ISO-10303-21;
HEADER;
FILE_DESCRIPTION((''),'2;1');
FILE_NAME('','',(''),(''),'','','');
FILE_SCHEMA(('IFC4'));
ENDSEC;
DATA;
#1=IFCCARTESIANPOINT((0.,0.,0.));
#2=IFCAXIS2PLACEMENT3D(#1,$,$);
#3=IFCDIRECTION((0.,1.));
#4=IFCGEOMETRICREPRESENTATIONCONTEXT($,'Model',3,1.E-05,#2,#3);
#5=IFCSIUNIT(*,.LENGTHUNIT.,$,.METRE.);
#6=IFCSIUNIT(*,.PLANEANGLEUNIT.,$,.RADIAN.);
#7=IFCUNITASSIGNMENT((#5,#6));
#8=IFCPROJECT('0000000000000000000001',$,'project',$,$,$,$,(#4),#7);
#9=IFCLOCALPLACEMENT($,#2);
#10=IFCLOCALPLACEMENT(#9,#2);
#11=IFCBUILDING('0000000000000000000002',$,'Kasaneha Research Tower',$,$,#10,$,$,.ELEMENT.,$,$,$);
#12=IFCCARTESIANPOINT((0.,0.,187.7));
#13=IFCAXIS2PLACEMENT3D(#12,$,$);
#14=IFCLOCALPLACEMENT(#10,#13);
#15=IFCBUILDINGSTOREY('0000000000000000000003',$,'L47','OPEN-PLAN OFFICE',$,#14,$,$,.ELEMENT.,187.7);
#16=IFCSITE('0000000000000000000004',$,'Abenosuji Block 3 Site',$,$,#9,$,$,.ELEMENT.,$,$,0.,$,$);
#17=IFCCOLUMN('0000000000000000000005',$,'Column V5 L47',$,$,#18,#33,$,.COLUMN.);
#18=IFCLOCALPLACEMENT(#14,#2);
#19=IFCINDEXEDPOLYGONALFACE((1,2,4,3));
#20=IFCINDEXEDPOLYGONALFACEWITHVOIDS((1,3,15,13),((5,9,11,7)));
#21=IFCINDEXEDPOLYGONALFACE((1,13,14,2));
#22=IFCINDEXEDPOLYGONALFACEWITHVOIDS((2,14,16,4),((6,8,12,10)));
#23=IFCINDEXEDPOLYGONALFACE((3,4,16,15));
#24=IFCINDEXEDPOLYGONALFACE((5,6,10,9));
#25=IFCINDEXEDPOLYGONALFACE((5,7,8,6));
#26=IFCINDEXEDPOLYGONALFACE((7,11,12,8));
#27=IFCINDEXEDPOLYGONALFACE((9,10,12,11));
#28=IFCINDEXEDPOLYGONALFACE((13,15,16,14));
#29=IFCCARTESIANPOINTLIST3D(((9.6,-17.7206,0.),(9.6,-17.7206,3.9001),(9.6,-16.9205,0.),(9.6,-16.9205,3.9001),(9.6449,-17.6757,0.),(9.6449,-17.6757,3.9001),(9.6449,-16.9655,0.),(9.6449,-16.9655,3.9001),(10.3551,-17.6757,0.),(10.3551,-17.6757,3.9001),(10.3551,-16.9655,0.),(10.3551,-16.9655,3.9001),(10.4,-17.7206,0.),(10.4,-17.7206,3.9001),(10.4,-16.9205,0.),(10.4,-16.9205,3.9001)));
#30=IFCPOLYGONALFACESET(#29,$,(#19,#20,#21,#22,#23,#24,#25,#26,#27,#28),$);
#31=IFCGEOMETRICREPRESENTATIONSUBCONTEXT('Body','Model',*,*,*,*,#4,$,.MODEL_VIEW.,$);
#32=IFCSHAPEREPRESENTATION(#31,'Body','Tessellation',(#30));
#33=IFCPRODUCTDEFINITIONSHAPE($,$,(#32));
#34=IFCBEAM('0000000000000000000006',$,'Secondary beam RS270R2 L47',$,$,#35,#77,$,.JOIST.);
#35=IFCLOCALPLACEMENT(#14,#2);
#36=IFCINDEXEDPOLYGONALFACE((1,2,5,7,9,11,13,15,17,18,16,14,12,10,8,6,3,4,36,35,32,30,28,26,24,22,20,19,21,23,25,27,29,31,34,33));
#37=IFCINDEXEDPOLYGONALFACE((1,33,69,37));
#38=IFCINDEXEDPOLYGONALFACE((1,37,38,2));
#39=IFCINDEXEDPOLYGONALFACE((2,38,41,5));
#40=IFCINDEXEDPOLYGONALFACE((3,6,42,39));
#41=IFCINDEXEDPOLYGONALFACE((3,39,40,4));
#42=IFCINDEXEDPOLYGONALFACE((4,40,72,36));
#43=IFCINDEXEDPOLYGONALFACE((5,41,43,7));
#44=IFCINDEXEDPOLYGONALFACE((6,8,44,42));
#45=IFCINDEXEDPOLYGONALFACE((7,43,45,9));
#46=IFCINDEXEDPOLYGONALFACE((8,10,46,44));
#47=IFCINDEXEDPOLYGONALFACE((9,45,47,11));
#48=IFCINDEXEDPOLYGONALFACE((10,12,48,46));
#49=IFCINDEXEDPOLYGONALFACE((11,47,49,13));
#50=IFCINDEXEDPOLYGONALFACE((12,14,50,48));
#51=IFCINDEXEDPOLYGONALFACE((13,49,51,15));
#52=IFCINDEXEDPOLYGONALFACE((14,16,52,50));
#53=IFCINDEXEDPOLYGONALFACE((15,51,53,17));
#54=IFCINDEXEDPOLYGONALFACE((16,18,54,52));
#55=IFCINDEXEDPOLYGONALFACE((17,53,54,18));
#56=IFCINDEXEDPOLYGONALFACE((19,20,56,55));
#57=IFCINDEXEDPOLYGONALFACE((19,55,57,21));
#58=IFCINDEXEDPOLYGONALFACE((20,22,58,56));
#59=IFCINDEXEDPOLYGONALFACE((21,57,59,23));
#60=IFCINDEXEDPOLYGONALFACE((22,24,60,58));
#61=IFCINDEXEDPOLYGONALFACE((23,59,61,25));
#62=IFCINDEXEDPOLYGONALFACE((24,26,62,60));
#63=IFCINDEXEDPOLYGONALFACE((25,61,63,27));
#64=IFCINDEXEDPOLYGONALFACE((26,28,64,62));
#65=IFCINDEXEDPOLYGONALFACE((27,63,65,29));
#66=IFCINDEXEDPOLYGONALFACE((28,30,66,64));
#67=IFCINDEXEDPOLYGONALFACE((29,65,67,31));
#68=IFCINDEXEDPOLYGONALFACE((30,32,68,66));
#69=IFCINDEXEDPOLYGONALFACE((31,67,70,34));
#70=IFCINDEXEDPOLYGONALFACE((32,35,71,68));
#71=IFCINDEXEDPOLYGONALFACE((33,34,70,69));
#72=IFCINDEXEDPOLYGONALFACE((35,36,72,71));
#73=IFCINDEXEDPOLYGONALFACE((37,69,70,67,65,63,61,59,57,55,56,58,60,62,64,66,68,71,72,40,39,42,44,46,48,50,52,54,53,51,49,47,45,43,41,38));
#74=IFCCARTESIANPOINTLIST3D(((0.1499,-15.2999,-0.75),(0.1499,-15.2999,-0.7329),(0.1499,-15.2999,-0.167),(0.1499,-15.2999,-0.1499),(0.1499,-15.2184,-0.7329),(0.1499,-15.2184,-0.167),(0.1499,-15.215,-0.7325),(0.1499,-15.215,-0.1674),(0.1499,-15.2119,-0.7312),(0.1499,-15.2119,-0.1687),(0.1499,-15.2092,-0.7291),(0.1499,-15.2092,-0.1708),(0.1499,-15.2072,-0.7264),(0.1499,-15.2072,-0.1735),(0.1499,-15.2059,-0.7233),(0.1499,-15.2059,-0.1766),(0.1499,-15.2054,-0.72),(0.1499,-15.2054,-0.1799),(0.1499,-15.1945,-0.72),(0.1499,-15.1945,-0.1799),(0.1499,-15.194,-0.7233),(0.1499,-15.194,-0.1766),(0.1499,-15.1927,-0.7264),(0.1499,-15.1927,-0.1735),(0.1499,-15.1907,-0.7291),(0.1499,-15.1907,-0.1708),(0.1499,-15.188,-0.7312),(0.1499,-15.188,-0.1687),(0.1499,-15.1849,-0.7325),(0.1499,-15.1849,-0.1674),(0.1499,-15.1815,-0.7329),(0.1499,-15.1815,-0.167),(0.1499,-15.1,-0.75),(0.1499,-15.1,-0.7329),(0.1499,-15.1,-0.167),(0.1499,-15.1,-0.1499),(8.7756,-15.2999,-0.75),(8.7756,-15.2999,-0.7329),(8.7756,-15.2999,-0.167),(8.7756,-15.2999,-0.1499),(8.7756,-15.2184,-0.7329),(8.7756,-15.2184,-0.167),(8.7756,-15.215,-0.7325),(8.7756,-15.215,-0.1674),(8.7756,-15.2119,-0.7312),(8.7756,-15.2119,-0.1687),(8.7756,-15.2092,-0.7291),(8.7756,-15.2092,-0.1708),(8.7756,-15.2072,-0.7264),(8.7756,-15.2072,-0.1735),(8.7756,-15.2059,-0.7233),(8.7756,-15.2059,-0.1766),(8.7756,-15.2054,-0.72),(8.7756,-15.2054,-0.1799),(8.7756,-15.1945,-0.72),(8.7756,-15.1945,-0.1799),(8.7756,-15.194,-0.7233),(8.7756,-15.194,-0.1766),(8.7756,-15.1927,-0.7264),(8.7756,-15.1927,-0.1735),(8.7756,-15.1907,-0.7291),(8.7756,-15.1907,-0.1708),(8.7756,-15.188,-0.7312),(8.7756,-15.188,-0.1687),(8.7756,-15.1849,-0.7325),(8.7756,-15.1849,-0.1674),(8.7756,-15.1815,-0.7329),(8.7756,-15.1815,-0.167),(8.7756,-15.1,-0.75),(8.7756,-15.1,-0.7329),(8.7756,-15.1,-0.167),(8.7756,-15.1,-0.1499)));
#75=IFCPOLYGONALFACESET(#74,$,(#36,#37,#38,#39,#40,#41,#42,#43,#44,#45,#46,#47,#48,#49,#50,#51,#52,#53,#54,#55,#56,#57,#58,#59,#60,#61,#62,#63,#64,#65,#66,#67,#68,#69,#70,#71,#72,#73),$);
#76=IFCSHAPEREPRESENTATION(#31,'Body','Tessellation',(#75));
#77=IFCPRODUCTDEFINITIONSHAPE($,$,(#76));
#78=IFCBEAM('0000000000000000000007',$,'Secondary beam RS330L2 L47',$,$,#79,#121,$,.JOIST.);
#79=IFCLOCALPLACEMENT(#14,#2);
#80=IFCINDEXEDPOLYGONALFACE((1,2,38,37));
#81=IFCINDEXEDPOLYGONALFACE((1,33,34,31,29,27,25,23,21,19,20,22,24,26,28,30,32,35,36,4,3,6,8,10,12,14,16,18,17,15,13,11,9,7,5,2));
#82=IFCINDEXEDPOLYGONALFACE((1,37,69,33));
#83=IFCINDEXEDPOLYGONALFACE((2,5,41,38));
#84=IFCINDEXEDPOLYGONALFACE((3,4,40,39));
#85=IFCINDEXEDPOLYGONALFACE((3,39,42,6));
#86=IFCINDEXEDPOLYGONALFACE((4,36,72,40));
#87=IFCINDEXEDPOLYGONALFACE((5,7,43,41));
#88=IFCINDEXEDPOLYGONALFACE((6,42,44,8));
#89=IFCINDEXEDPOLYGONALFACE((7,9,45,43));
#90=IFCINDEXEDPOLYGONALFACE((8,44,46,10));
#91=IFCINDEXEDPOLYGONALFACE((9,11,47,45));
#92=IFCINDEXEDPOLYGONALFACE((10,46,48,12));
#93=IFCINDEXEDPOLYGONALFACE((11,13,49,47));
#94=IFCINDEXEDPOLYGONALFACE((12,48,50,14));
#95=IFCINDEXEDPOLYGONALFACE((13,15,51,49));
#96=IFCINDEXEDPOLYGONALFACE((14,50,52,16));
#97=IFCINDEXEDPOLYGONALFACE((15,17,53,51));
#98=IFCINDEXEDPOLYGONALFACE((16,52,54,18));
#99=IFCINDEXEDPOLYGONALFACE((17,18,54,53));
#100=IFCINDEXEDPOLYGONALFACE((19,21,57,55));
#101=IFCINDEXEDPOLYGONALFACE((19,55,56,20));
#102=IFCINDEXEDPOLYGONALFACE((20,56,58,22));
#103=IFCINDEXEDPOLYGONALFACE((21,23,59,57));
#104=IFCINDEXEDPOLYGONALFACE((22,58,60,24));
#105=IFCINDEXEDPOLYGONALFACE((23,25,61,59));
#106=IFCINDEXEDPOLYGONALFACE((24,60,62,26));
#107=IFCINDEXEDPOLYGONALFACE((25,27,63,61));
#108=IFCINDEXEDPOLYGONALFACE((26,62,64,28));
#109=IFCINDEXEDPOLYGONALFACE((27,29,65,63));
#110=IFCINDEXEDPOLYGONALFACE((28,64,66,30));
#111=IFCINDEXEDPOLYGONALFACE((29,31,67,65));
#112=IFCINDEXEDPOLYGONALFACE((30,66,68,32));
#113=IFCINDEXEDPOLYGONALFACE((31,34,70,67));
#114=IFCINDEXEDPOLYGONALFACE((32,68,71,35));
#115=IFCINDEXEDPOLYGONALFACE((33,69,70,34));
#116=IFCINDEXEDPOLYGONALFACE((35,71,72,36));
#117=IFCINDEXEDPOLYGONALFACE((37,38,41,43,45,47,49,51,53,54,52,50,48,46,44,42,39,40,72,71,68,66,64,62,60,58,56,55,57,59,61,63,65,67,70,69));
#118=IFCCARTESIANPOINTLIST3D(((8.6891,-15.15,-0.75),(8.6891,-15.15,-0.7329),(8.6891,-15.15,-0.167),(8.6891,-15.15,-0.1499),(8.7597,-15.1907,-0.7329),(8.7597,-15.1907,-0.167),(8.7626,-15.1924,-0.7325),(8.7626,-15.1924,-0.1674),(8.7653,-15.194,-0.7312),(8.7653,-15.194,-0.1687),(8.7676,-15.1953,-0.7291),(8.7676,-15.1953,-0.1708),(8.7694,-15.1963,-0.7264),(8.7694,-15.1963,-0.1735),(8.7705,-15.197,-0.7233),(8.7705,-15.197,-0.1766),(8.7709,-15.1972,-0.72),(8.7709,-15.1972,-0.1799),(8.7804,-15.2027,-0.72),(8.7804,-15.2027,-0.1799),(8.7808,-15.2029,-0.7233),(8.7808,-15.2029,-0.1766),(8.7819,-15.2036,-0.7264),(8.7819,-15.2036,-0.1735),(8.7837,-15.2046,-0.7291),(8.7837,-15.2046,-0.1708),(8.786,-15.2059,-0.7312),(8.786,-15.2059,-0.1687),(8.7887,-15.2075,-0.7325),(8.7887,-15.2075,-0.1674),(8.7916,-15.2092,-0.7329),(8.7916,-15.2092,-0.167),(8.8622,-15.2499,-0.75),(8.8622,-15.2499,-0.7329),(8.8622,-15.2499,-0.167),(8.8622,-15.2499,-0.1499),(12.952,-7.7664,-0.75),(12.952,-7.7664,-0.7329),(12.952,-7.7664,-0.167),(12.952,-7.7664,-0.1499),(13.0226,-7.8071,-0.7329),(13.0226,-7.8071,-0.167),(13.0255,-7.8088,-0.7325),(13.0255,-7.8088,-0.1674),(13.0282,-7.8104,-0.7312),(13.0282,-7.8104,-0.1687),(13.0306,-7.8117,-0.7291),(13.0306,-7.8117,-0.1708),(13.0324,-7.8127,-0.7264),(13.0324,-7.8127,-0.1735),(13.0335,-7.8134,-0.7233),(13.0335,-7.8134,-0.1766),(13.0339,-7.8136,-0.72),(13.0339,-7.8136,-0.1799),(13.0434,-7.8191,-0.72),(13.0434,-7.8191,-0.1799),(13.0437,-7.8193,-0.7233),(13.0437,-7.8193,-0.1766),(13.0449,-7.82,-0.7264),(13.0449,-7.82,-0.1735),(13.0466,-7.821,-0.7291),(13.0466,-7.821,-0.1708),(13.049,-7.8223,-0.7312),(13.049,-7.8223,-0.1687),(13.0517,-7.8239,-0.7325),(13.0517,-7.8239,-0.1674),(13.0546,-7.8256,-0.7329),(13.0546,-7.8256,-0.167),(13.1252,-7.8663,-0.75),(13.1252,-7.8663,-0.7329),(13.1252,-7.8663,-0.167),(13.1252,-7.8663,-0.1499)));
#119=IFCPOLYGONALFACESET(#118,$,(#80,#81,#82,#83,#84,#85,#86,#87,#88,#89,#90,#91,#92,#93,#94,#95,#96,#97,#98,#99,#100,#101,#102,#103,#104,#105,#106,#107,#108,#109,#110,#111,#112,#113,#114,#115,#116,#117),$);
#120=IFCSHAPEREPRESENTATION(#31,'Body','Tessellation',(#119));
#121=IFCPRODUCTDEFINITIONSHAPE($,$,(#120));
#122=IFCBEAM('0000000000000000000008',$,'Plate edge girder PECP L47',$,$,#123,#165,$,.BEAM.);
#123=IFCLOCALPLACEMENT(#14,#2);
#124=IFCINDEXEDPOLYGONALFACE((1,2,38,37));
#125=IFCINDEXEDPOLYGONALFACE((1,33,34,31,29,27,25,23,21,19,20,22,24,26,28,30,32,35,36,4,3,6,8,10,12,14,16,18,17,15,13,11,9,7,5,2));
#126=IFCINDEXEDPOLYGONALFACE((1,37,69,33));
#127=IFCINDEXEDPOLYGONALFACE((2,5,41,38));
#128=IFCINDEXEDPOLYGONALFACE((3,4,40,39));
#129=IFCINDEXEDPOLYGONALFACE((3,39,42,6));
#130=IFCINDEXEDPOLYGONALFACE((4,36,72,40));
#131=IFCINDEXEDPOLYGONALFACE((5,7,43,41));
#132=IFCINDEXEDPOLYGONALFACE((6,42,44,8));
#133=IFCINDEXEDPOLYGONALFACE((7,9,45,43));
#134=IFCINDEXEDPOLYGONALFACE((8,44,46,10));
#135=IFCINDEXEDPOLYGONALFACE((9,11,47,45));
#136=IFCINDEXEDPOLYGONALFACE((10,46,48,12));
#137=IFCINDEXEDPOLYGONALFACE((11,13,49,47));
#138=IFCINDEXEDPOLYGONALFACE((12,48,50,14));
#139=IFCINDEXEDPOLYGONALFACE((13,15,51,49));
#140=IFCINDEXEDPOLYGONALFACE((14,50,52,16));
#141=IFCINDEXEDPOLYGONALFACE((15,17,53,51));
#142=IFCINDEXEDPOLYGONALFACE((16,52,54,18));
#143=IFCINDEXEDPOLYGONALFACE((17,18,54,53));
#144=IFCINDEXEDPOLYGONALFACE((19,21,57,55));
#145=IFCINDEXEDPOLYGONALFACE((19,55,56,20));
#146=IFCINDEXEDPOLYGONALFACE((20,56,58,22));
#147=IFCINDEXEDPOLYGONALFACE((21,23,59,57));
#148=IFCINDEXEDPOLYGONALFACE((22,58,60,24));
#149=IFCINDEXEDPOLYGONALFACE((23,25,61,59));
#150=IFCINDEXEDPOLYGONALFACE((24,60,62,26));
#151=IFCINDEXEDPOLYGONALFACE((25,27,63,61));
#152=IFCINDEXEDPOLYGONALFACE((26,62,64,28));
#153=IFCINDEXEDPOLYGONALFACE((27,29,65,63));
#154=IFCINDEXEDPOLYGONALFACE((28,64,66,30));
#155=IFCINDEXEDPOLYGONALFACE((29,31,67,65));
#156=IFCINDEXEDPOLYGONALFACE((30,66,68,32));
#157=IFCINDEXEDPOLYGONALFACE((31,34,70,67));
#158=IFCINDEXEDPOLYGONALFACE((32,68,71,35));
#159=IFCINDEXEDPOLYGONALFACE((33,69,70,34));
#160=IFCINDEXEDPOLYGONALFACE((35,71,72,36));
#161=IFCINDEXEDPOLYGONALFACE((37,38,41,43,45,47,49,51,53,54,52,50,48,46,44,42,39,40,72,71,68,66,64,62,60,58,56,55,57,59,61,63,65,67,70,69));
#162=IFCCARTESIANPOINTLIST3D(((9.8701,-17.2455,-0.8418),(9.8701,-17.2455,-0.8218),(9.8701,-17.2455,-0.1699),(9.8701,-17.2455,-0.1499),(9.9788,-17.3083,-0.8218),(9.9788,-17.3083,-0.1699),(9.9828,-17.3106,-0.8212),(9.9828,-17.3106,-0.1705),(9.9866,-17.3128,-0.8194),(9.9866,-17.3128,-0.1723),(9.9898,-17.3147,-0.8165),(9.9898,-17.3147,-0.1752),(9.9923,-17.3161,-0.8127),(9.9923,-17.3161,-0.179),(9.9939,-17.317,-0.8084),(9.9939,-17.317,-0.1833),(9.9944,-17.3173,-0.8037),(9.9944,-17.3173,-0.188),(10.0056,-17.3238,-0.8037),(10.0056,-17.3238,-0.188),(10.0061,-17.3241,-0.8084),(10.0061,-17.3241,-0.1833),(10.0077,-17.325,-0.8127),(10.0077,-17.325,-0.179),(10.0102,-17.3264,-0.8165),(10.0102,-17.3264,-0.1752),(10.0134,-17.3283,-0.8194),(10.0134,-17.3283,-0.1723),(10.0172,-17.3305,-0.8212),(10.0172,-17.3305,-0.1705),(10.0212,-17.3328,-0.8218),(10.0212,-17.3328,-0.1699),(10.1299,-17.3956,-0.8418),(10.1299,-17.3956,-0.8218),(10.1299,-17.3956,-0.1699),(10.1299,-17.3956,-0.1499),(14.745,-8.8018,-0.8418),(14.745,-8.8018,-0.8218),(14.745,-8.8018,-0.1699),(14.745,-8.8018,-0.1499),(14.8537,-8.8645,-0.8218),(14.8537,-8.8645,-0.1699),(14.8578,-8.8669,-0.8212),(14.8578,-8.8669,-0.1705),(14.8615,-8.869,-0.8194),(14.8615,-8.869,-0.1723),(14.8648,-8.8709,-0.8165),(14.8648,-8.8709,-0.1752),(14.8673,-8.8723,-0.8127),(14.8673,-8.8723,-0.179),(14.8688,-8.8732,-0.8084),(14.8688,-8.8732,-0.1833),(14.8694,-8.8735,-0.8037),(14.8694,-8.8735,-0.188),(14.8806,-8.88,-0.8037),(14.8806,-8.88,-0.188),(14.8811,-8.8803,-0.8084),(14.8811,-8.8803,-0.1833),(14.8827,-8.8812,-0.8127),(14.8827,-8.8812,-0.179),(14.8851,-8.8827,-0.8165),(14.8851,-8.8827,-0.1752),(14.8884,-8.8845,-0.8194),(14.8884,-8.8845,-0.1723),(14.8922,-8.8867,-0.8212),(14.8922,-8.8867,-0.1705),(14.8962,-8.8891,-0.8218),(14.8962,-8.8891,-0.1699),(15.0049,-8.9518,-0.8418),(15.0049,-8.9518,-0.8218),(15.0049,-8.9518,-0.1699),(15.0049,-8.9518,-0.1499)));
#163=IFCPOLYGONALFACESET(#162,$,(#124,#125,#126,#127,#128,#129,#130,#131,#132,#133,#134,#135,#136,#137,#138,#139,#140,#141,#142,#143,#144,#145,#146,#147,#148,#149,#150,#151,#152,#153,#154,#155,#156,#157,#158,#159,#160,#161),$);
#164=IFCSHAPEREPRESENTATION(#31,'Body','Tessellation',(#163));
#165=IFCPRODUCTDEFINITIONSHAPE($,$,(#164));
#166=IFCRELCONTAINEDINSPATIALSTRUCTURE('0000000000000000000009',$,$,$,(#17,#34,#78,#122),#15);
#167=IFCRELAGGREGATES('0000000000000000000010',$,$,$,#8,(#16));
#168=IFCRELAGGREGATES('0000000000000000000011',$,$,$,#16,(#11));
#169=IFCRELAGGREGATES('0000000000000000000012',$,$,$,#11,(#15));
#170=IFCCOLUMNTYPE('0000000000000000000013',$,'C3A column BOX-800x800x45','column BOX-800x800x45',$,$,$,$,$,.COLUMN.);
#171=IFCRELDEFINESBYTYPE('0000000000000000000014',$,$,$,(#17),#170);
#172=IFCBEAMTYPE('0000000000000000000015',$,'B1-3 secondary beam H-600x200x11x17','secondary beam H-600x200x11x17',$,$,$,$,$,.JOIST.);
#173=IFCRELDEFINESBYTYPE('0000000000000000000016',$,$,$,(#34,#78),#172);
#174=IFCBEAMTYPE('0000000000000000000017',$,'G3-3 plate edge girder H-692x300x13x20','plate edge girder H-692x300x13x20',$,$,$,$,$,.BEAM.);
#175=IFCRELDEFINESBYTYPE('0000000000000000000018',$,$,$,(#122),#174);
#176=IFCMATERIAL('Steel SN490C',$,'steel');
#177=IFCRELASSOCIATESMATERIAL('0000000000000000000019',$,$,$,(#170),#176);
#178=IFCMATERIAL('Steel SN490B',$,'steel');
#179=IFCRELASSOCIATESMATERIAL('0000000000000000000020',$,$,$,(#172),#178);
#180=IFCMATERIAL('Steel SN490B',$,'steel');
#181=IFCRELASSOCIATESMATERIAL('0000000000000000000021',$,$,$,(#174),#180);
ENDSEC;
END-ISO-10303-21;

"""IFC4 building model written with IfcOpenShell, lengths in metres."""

from ifc_helpers import new_model, si_unit, direction, frame, origin, origin_2d, place, context, subcontext, project, spatial, hollow_rectangle, i_section, extrude, material, material_profile, profile_set, type_object, element, save


model = new_model("IFC4")

# Units and contexts
model_context = context("Model", 3, precision=1e-05, world=origin(), true_north=direction((0.0, 1.0)))
body_context = subcontext(model_context, "Body", "Model", "MODEL_VIEW")
ifc_project = project(units=[si_unit("LENGTHUNIT", "METRE"), si_unit("PLANEANGLEUNIT", "RADIAN")], contexts=[model_context])

# Site, building, storey
site_placement = place(None, origin())
site = spatial("IfcSite", under=ifc_project, at=site_placement, Name="Abenosuji Block 3 Site", CompositionType="ELEMENT", RefElevation=0.0)
building_placement = place(site_placement, origin())
building = spatial("IfcBuilding", under=site, at=building_placement, Name="Kasaneha Research Tower", CompositionType="ELEMENT")
storey_placement = place(building_placement, frame((0.0, 0.0, 187.7)))
storey = spatial("IfcBuildingStorey", under=building, at=storey_placement, Name="L47", Description="OPEN-PLAN OFFICE", CompositionType="ELEMENT", Elevation=187.7)

# Column
ifc_material_1 = material(Name="Steel SN490C", Category="steel")
ifc_material_profile_1 = material_profile(ifc_material_1, hollow_rectangle(XDim=0.8, YDim=0.8, WallThickness=0.0449, at=origin_2d()), Name="BOX-800x800x45")
ifc_profile_set_1 = profile_set([ifc_material_profile_1], Name="Steel SN490C")
column_type = type_object("IfcColumnType", Name="C3A column BOX-800x800x45", Description="column BOX-800x800x45", PredefinedType="COLUMN", material=ifc_profile_set_1)
column_placement = place(storey_placement, frame((10.0, -17.3206, 0.0), z_axis=(0.0, 0.0, 1.0), x_axis=(1.0, 0.0, 0.0)))
element("IfcColumn", 1, at=column_placement, inside=storey, type_object=column_type, Name="Column V5 L47", PredefinedType="COLUMN", context=body_context, shape_type="SweptSolid", body=[
    extrude(hollow_rectangle(XDim=0.8, YDim=0.8, WallThickness=0.0449, at=origin_2d()), origin(), (0.0, 0.0, 1.0), 3.9001),
])

# Beams
ifc_material_2 = material(Name="Steel SN490B", Category="steel")
ifc_material_profile_2 = material_profile(ifc_material_2, i_section(OverallWidth=0.2, OverallDepth=0.6001, WebThickness=0.011, FlangeThickness=0.0171, FilletRadius=0.0129, at=origin_2d()), Name="H-600x200x11x17")
ifc_profile_set_2 = profile_set([ifc_material_profile_2], Name="Steel SN490B")
beam_type_1 = type_object("IfcBeamType", Name="B1-3 secondary beam H-600x200x11x17", Description="secondary beam H-600x200x11x17", PredefinedType="JOIST", material=ifc_profile_set_2)
beam_1_placement = place(storey_placement, frame((8.7756, -15.2, -0.45), z_axis=(-1.0, 0.0, 0.0), x_axis=(0.0, -1.0, 0.0)))
element("IfcBeam", 2, at=beam_1_placement, inside=storey, type_object=beam_type_1, Name="Secondary beam RS270R2 L47", PredefinedType="JOIST", context=body_context, shape_type="SweptSolid", body=[
    extrude(i_section(OverallWidth=0.2, OverallDepth=0.6001, WebThickness=0.011, FlangeThickness=0.0171, FilletRadius=0.0129, at=origin_2d()), origin(), (0.0, 0.0, 1.0), 8.6257),
])
beam_2_placement = place(storey_placement, frame((8.7756, -15.2, -0.45), z_axis=(0.500004, 0.866023, 0.0), x_axis=(-0.866023, 0.500004, 0.0)))
element("IfcBeam", 3, at=beam_2_placement, inside=storey, type_object=beam_type_1, Name="Secondary beam RS330L2 L47", PredefinedType="JOIST", context=body_context, shape_type="SweptSolid", body=[
    extrude(i_section(OverallWidth=0.2, OverallDepth=0.6001, WebThickness=0.011, FlangeThickness=0.0171, FilletRadius=0.0129, at=origin_2d()), origin(), (0.0, 0.0, 1.0), 8.5259),
])
ifc_material_3 = material(Name="Steel SN490B", Category="steel")
ifc_material_profile_3 = material_profile(ifc_material_3, i_section(OverallWidth=0.3, OverallDepth=0.6919, WebThickness=0.0129, FlangeThickness=0.02, FilletRadius=0.0181, at=origin_2d()), Name="H-692x300x13x20")
ifc_profile_set_3 = profile_set([ifc_material_profile_3], Name="Steel SN490B")
beam_type_2 = type_object("IfcBeamType", Name="G3-3 plate edge girder H-692x300x13x20", Description="plate edge girder H-692x300x13x20", PredefinedType="BEAM", material=ifc_profile_set_3)
beam_3_placement = place(storey_placement, frame((10.0, -17.3206, -0.4958), z_axis=(0.499996, 0.866028, 0.0), x_axis=(-0.866028, 0.499996, 0.0)))
element("IfcBeam", 4, at=beam_3_placement, inside=storey, type_object=beam_type_2, Name="Plate edge girder PECP L47", PredefinedType="BEAM", context=body_context, shape_type="SweptSolid", body=[
    extrude(i_section(OverallWidth=0.3, OverallDepth=0.6919, WebThickness=0.0129, FlangeThickness=0.02, FilletRadius=0.0181, at=origin_2d()), origin(), (0.0, 0.0, 1.0), 9.75),
])

save(model, "model.ifc")
